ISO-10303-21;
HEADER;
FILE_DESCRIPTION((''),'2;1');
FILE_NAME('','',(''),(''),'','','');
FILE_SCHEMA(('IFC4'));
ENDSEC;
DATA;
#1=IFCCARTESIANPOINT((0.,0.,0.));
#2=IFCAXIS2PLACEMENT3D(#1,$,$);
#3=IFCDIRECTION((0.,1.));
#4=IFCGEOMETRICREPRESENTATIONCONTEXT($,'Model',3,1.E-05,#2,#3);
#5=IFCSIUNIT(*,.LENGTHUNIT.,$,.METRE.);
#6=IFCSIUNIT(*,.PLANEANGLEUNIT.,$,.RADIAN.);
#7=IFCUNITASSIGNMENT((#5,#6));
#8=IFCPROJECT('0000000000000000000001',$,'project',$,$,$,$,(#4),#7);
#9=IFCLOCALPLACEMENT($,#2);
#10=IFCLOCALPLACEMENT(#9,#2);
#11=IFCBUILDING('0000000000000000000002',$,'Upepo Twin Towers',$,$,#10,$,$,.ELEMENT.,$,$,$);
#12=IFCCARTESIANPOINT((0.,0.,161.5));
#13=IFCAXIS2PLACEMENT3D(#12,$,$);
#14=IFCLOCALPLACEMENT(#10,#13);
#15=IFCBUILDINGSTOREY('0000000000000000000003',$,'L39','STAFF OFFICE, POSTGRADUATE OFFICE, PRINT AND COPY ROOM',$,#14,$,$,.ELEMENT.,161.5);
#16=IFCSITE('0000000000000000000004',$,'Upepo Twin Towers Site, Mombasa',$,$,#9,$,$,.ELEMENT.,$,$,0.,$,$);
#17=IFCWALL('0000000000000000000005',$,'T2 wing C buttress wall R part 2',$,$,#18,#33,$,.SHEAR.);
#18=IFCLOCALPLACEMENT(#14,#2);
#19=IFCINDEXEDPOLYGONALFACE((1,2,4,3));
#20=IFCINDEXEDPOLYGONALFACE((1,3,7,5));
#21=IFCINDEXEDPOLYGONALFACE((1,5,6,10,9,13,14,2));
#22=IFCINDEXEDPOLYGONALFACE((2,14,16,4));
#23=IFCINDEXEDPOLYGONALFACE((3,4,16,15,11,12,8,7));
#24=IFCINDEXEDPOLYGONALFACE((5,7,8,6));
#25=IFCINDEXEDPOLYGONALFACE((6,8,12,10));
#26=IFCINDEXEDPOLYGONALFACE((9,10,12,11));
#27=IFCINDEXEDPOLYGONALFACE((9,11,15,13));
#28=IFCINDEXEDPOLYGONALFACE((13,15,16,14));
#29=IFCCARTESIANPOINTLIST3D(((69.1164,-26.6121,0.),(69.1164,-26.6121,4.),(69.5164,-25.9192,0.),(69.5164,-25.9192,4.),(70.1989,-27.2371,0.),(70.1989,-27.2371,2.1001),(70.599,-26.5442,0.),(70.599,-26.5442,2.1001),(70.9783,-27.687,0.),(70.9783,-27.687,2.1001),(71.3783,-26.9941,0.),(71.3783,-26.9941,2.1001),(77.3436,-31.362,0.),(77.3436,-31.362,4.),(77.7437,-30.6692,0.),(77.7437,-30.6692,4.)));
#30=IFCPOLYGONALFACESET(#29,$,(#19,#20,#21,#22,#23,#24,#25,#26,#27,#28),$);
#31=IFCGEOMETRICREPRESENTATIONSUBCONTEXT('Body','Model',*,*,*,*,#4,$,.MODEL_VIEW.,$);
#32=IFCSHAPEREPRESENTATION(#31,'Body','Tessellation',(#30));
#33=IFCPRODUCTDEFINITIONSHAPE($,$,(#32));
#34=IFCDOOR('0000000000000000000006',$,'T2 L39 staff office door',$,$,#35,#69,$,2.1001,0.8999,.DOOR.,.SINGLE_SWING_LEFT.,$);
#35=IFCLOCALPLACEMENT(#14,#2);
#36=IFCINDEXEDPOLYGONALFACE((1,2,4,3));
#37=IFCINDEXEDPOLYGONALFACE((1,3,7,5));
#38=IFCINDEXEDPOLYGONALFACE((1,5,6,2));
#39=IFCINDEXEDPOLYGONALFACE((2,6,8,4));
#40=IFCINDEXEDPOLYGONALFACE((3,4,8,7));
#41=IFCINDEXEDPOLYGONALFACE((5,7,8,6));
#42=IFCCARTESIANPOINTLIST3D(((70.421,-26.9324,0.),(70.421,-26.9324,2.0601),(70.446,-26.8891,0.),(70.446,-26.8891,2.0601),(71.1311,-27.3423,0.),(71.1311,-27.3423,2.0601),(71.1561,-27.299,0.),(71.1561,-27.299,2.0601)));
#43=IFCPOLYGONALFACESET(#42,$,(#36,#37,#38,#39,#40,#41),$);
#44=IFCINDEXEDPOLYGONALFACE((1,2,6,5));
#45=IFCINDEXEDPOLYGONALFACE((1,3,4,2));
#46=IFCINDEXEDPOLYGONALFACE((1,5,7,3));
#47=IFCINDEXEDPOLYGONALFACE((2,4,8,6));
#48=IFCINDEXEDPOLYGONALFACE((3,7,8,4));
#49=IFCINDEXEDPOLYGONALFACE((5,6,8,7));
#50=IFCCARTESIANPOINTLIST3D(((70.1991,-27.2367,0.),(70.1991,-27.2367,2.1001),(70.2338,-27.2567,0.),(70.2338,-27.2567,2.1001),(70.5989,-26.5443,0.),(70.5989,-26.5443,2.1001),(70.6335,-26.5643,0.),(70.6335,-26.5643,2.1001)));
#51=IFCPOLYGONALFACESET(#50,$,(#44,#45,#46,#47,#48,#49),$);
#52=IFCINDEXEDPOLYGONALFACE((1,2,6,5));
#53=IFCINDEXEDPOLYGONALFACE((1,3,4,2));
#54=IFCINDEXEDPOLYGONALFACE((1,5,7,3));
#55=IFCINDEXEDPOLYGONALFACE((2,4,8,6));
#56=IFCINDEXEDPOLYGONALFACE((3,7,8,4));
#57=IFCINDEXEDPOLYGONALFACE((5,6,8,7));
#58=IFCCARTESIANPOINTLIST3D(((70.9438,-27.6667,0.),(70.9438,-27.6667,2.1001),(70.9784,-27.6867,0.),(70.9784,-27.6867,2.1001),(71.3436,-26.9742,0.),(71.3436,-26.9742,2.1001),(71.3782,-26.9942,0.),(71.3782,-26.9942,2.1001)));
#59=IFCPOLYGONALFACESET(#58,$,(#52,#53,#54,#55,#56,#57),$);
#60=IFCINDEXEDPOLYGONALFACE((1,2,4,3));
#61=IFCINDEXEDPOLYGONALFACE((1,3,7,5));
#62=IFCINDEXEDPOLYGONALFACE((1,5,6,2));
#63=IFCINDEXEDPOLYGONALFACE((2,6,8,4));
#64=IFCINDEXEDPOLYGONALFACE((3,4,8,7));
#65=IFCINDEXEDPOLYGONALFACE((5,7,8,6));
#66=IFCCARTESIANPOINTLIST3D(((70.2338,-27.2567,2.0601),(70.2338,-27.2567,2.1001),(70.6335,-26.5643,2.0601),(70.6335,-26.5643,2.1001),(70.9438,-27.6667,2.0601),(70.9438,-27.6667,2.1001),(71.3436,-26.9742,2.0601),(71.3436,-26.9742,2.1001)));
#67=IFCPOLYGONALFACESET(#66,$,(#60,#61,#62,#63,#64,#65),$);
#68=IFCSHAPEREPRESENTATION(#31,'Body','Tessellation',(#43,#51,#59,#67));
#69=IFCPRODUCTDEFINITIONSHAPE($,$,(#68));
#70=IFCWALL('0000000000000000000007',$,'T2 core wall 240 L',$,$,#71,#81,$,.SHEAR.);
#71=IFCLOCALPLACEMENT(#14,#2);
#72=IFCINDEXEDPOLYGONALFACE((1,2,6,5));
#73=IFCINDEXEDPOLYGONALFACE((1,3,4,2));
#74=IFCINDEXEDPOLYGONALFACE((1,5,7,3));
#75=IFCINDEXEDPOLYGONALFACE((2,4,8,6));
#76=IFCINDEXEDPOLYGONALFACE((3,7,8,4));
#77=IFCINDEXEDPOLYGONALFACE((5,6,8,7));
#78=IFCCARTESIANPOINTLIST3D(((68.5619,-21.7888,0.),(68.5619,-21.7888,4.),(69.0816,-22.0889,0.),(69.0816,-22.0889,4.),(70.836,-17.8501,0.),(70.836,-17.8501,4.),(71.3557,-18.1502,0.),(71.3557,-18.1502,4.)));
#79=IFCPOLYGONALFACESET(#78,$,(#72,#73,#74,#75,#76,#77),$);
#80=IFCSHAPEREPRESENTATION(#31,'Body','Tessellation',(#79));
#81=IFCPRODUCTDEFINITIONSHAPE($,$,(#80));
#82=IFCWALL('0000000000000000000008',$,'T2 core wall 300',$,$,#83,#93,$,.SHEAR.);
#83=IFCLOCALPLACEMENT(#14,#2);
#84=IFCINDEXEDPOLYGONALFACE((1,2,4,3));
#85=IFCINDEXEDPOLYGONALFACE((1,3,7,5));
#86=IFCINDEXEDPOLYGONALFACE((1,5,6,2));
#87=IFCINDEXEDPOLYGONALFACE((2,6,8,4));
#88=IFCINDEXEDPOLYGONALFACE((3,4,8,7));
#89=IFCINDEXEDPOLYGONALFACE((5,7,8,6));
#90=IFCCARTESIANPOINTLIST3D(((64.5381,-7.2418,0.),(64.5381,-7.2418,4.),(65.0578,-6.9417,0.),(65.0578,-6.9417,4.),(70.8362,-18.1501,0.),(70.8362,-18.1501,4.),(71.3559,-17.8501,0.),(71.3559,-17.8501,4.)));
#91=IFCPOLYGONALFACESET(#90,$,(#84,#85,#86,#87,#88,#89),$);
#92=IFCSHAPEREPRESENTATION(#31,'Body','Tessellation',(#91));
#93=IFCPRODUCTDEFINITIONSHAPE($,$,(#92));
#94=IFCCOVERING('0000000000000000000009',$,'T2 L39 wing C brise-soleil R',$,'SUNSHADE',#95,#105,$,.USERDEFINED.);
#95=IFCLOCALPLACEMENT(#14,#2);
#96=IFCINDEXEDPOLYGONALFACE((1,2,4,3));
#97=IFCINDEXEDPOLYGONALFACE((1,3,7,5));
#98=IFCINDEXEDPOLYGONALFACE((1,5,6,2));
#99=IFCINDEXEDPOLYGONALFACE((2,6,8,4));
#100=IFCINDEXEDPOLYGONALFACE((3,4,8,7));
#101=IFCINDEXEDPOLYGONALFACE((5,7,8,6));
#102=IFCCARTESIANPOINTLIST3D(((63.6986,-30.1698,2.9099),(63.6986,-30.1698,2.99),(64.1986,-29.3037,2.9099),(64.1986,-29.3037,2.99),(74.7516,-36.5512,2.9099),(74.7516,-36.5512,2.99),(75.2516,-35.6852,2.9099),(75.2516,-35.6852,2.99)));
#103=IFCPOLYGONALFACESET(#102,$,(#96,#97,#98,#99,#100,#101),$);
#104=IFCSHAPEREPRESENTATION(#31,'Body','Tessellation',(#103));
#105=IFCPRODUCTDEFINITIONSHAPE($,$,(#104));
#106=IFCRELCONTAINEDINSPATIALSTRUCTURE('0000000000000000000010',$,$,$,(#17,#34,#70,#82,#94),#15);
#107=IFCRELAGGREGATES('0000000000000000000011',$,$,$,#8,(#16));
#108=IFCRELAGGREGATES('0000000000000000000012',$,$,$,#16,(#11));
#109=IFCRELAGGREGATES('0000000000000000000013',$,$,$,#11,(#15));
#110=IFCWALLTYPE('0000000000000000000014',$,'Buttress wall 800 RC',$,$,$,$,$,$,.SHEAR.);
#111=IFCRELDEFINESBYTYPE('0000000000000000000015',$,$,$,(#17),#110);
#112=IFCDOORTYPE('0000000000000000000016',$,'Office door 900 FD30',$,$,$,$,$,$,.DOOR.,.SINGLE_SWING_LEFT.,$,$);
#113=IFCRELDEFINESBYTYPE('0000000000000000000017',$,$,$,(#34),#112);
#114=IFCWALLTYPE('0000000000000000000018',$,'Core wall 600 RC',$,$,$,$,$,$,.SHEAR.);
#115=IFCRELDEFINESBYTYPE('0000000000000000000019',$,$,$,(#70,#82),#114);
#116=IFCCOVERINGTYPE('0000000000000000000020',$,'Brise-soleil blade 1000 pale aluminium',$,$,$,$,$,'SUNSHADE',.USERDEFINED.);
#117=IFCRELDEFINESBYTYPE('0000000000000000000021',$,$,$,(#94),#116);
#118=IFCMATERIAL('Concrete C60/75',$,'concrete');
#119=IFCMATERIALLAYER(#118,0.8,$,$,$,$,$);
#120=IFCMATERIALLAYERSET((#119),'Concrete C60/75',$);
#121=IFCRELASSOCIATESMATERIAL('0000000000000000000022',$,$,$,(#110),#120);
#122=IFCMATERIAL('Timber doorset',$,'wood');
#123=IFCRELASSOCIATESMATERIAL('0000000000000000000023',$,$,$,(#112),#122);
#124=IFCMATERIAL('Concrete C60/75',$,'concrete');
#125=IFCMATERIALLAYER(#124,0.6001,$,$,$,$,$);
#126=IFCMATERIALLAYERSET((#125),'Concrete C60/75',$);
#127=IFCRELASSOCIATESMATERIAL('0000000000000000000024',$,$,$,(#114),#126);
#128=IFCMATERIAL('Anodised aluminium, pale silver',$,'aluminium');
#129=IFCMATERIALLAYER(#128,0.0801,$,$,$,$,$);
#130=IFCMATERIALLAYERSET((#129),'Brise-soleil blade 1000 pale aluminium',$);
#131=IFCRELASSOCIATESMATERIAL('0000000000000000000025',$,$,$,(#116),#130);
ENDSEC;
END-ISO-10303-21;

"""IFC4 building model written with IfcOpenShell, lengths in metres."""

from ifc_helpers import new_model, si_unit, direction, frame, frame_2d, origin, origin_2d, place, context, subcontext, project, spatial, rectangle, extrude, material, layer, layer_set, type_object, element, fill, save


model = new_model("IFC4")

# Units and contexts
model_context = context("Model", 3, precision=1e-05, world=origin(), true_north=direction((0.0, 1.0)))
body_context = subcontext(model_context, "Body", "Model", "MODEL_VIEW")
ifc_project = project(units=[si_unit("LENGTHUNIT", "METRE"), si_unit("PLANEANGLEUNIT", "RADIAN")], contexts=[model_context])

# Site, building, storey
site_placement = place(None, origin())
site = spatial("IfcSite", under=ifc_project, at=site_placement, Name="Upepo Twin Towers Site, Mombasa", CompositionType="ELEMENT", RefElevation=0.0)
building_placement = place(site_placement, origin())
building = spatial("IfcBuilding", under=site, at=building_placement, Name="Upepo Twin Towers", CompositionType="ELEMENT")
storey_placement = place(building_placement, frame((0.0, 0.0, 161.5)))
storey = spatial("IfcBuildingStorey", under=building, at=storey_placement, Name="L39", Description="STAFF OFFICE, POSTGRADUATE OFFICE, PRINT AND COPY ROOM", CompositionType="ELEMENT", Elevation=161.5)

# Wall, opening, door
ifc_material_1 = material(Name="Concrete C60/75", Category="concrete")
ifc_layer_1 = layer(ifc_material_1, 0.8)
ifc_layer_set_1 = layer_set([ifc_layer_1], Name="Concrete C60/75")
wall_type_1 = type_object("IfcWallType", Name="Buttress wall 800 RC", PredefinedType="SHEAR", material=ifc_layer_set_1)
ifc_material_2 = material(Name="Timber doorset", Category="wood")
door_type = type_object("IfcDoorType", Name="Office door 900 FD30", OperationType="SINGLE_SWING_LEFT", PredefinedType="DOOR", material=ifc_material_2)
wall_1_placement = place(storey_placement, frame((69.3164, -26.2656, 0.0), z_axis=(0.0, 0.0, 1.0), x_axis=(0.866027, -0.499998, 0.0)))
wall_1 = element("IfcWall", 1, at=wall_1_placement, inside=storey, type_object=wall_type_1, Name="T2 wing C buttress wall R part 2", PredefinedType="SHEAR", context=body_context, shape_type="SweptSolid", body=[
    extrude(rectangle(XDim=9.5, YDim=0.8, at=frame_2d((4.75, 0.0))), origin(), (0.0, 0.0, 1.0), 4.0),
])
opening_1_placement = place(wall_1_placement, frame((1.25, 0.0, 0.0)))
opening_1 = element("IfcOpeningElement", 2, at=opening_1_placement, cuts=wall_1, PredefinedType="OPENING", context=body_context, shape_type="SweptSolid", body=[
    extrude(rectangle(XDim=0.8999, YDim=2.1001, at=frame_2d((0.45, 1.05))), frame((0.0, 0.4099, 0.0), z_axis=(0.0, -1.0, 0.0), x_axis=(1.0, 0.0, 0.0)), (0.0, 0.0, 1.0), 0.8201),
])
door_1_placement = place(opening_1_placement, origin())
door_1 = element("IfcDoor", 3, at=door_1_placement, inside=storey, type_object=door_type, Name="T2 L39 staff office door", OperationType="SINGLE_SWING_LEFT", OverallHeight=2.1001, OverallWidth=0.8999, PredefinedType="DOOR", context=body_context, shape_type="SweptSolid", body=[
    extrude(rectangle(XDim=0.8199, YDim=2.0601, at=frame_2d((0.45, 1.03))), frame((0.0, 0.0249, 0.0), z_axis=(0.0, -1.0, 0.0), x_axis=(1.0, 0.0, 0.0)), (0.0, 0.0, 1.0), 0.05),
    extrude(rectangle(XDim=0.04, YDim=2.1001, at=frame_2d((0.02, 1.05))), frame((0.0, 0.3999, 0.0), z_axis=(0.0, -1.0, 0.0), x_axis=(1.0, 0.0, 0.0)), (0.0, 0.0, 1.0), 0.7996),
    extrude(rectangle(XDim=0.04, YDim=2.1001, at=frame_2d((0.8799, 1.05))), frame((0.0, 0.3999, 0.0), z_axis=(0.0, -1.0, 0.0), x_axis=(1.0, 0.0, 0.0)), (0.0, 0.0, 1.0), 0.7996),
    extrude(rectangle(XDim=0.8199, YDim=0.04, at=frame_2d((0.45, 2.0801))), frame((0.0, 0.3999, 0.0), z_axis=(0.0, -1.0, 0.0), x_axis=(1.0, 0.0, 0.0)), (0.0, 0.0, 1.0), 0.7996),
])
fill(opening_1, door_1)

# Walls
ifc_material_3 = material(Name="Concrete C60/75", Category="concrete")
ifc_layer_2 = layer(ifc_material_3, 0.6001)
ifc_layer_set_2 = layer_set([ifc_layer_2], Name="Concrete C60/75")
wall_type_2 = type_object("IfcWallType", Name="Core wall 600 RC", PredefinedType="SHEAR", material=ifc_layer_set_2)
wall_2_placement = place(storey_placement, frame((68.8218, -21.9387, 0.0), z_axis=(0.0, 0.0, 1.0), x_axis=(0.500024, 0.866011, 0.0)))
element("IfcWall", 4, at=wall_2_placement, inside=storey, type_object=wall_type_2, Name="T2 core wall 240 L", PredefinedType="SHEAR", context=body_context, shape_type="SweptSolid", body=[
    extrude(rectangle(XDim=4.5481, YDim=0.6001, at=frame_2d((2.2739, 0.0))), origin(), (0.0, 0.0, 1.0), 4.0),
])
wall_3_placement = place(storey_placement, frame((71.0959, -18.0, 0.0), z_axis=(0.0, 0.0, 1.0), x_axis=(-0.500006, 0.866022, 0.0)))
element("IfcWall", 5, at=wall_3_placement, inside=storey, type_object=wall_type_2, Name="T2 core wall 300", PredefinedType="SHEAR", context=body_context, shape_type="SweptSolid", body=[
    extrude(rectangle(XDim=12.5959, YDim=0.6001, at=frame_2d((6.2979, 0.0))), origin(), (0.0, 0.0, 1.0), 4.0),
])

# Covering
ifc_material_4 = material(Name="Anodised aluminium, pale silver", Category="aluminium")
ifc_layer_3 = layer(ifc_material_4, 0.0801)
ifc_layer_set_3 = layer_set([ifc_layer_3], Name="Brise-soleil blade 1000 pale aluminium")
covering_type = type_object("IfcCoveringType", Name="Brise-soleil blade 1000 pale aluminium", ElementType="SUNSHADE", PredefinedType="USERDEFINED", material=ifc_layer_set_3)
covering_placement = place(storey_placement, frame((69.4751, -32.9275, 2.9099), z_axis=(0.0, 0.0, 1.0), x_axis=(0.866025, -0.5, 0.0)))
element("IfcCovering", 6, at=covering_placement, inside=storey, type_object=covering_type, Name="T2 L39 wing C brise-soleil R", ObjectType="SUNSHADE", PredefinedType="USERDEFINED", context=body_context, shape_type="SweptSolid", body=[
    extrude(rectangle(XDim=12.7629, YDim=1.0, at=origin_2d()), origin(), (0.0, 0.0, 1.0), 0.0801),
])

save(model, "model.ifc")
